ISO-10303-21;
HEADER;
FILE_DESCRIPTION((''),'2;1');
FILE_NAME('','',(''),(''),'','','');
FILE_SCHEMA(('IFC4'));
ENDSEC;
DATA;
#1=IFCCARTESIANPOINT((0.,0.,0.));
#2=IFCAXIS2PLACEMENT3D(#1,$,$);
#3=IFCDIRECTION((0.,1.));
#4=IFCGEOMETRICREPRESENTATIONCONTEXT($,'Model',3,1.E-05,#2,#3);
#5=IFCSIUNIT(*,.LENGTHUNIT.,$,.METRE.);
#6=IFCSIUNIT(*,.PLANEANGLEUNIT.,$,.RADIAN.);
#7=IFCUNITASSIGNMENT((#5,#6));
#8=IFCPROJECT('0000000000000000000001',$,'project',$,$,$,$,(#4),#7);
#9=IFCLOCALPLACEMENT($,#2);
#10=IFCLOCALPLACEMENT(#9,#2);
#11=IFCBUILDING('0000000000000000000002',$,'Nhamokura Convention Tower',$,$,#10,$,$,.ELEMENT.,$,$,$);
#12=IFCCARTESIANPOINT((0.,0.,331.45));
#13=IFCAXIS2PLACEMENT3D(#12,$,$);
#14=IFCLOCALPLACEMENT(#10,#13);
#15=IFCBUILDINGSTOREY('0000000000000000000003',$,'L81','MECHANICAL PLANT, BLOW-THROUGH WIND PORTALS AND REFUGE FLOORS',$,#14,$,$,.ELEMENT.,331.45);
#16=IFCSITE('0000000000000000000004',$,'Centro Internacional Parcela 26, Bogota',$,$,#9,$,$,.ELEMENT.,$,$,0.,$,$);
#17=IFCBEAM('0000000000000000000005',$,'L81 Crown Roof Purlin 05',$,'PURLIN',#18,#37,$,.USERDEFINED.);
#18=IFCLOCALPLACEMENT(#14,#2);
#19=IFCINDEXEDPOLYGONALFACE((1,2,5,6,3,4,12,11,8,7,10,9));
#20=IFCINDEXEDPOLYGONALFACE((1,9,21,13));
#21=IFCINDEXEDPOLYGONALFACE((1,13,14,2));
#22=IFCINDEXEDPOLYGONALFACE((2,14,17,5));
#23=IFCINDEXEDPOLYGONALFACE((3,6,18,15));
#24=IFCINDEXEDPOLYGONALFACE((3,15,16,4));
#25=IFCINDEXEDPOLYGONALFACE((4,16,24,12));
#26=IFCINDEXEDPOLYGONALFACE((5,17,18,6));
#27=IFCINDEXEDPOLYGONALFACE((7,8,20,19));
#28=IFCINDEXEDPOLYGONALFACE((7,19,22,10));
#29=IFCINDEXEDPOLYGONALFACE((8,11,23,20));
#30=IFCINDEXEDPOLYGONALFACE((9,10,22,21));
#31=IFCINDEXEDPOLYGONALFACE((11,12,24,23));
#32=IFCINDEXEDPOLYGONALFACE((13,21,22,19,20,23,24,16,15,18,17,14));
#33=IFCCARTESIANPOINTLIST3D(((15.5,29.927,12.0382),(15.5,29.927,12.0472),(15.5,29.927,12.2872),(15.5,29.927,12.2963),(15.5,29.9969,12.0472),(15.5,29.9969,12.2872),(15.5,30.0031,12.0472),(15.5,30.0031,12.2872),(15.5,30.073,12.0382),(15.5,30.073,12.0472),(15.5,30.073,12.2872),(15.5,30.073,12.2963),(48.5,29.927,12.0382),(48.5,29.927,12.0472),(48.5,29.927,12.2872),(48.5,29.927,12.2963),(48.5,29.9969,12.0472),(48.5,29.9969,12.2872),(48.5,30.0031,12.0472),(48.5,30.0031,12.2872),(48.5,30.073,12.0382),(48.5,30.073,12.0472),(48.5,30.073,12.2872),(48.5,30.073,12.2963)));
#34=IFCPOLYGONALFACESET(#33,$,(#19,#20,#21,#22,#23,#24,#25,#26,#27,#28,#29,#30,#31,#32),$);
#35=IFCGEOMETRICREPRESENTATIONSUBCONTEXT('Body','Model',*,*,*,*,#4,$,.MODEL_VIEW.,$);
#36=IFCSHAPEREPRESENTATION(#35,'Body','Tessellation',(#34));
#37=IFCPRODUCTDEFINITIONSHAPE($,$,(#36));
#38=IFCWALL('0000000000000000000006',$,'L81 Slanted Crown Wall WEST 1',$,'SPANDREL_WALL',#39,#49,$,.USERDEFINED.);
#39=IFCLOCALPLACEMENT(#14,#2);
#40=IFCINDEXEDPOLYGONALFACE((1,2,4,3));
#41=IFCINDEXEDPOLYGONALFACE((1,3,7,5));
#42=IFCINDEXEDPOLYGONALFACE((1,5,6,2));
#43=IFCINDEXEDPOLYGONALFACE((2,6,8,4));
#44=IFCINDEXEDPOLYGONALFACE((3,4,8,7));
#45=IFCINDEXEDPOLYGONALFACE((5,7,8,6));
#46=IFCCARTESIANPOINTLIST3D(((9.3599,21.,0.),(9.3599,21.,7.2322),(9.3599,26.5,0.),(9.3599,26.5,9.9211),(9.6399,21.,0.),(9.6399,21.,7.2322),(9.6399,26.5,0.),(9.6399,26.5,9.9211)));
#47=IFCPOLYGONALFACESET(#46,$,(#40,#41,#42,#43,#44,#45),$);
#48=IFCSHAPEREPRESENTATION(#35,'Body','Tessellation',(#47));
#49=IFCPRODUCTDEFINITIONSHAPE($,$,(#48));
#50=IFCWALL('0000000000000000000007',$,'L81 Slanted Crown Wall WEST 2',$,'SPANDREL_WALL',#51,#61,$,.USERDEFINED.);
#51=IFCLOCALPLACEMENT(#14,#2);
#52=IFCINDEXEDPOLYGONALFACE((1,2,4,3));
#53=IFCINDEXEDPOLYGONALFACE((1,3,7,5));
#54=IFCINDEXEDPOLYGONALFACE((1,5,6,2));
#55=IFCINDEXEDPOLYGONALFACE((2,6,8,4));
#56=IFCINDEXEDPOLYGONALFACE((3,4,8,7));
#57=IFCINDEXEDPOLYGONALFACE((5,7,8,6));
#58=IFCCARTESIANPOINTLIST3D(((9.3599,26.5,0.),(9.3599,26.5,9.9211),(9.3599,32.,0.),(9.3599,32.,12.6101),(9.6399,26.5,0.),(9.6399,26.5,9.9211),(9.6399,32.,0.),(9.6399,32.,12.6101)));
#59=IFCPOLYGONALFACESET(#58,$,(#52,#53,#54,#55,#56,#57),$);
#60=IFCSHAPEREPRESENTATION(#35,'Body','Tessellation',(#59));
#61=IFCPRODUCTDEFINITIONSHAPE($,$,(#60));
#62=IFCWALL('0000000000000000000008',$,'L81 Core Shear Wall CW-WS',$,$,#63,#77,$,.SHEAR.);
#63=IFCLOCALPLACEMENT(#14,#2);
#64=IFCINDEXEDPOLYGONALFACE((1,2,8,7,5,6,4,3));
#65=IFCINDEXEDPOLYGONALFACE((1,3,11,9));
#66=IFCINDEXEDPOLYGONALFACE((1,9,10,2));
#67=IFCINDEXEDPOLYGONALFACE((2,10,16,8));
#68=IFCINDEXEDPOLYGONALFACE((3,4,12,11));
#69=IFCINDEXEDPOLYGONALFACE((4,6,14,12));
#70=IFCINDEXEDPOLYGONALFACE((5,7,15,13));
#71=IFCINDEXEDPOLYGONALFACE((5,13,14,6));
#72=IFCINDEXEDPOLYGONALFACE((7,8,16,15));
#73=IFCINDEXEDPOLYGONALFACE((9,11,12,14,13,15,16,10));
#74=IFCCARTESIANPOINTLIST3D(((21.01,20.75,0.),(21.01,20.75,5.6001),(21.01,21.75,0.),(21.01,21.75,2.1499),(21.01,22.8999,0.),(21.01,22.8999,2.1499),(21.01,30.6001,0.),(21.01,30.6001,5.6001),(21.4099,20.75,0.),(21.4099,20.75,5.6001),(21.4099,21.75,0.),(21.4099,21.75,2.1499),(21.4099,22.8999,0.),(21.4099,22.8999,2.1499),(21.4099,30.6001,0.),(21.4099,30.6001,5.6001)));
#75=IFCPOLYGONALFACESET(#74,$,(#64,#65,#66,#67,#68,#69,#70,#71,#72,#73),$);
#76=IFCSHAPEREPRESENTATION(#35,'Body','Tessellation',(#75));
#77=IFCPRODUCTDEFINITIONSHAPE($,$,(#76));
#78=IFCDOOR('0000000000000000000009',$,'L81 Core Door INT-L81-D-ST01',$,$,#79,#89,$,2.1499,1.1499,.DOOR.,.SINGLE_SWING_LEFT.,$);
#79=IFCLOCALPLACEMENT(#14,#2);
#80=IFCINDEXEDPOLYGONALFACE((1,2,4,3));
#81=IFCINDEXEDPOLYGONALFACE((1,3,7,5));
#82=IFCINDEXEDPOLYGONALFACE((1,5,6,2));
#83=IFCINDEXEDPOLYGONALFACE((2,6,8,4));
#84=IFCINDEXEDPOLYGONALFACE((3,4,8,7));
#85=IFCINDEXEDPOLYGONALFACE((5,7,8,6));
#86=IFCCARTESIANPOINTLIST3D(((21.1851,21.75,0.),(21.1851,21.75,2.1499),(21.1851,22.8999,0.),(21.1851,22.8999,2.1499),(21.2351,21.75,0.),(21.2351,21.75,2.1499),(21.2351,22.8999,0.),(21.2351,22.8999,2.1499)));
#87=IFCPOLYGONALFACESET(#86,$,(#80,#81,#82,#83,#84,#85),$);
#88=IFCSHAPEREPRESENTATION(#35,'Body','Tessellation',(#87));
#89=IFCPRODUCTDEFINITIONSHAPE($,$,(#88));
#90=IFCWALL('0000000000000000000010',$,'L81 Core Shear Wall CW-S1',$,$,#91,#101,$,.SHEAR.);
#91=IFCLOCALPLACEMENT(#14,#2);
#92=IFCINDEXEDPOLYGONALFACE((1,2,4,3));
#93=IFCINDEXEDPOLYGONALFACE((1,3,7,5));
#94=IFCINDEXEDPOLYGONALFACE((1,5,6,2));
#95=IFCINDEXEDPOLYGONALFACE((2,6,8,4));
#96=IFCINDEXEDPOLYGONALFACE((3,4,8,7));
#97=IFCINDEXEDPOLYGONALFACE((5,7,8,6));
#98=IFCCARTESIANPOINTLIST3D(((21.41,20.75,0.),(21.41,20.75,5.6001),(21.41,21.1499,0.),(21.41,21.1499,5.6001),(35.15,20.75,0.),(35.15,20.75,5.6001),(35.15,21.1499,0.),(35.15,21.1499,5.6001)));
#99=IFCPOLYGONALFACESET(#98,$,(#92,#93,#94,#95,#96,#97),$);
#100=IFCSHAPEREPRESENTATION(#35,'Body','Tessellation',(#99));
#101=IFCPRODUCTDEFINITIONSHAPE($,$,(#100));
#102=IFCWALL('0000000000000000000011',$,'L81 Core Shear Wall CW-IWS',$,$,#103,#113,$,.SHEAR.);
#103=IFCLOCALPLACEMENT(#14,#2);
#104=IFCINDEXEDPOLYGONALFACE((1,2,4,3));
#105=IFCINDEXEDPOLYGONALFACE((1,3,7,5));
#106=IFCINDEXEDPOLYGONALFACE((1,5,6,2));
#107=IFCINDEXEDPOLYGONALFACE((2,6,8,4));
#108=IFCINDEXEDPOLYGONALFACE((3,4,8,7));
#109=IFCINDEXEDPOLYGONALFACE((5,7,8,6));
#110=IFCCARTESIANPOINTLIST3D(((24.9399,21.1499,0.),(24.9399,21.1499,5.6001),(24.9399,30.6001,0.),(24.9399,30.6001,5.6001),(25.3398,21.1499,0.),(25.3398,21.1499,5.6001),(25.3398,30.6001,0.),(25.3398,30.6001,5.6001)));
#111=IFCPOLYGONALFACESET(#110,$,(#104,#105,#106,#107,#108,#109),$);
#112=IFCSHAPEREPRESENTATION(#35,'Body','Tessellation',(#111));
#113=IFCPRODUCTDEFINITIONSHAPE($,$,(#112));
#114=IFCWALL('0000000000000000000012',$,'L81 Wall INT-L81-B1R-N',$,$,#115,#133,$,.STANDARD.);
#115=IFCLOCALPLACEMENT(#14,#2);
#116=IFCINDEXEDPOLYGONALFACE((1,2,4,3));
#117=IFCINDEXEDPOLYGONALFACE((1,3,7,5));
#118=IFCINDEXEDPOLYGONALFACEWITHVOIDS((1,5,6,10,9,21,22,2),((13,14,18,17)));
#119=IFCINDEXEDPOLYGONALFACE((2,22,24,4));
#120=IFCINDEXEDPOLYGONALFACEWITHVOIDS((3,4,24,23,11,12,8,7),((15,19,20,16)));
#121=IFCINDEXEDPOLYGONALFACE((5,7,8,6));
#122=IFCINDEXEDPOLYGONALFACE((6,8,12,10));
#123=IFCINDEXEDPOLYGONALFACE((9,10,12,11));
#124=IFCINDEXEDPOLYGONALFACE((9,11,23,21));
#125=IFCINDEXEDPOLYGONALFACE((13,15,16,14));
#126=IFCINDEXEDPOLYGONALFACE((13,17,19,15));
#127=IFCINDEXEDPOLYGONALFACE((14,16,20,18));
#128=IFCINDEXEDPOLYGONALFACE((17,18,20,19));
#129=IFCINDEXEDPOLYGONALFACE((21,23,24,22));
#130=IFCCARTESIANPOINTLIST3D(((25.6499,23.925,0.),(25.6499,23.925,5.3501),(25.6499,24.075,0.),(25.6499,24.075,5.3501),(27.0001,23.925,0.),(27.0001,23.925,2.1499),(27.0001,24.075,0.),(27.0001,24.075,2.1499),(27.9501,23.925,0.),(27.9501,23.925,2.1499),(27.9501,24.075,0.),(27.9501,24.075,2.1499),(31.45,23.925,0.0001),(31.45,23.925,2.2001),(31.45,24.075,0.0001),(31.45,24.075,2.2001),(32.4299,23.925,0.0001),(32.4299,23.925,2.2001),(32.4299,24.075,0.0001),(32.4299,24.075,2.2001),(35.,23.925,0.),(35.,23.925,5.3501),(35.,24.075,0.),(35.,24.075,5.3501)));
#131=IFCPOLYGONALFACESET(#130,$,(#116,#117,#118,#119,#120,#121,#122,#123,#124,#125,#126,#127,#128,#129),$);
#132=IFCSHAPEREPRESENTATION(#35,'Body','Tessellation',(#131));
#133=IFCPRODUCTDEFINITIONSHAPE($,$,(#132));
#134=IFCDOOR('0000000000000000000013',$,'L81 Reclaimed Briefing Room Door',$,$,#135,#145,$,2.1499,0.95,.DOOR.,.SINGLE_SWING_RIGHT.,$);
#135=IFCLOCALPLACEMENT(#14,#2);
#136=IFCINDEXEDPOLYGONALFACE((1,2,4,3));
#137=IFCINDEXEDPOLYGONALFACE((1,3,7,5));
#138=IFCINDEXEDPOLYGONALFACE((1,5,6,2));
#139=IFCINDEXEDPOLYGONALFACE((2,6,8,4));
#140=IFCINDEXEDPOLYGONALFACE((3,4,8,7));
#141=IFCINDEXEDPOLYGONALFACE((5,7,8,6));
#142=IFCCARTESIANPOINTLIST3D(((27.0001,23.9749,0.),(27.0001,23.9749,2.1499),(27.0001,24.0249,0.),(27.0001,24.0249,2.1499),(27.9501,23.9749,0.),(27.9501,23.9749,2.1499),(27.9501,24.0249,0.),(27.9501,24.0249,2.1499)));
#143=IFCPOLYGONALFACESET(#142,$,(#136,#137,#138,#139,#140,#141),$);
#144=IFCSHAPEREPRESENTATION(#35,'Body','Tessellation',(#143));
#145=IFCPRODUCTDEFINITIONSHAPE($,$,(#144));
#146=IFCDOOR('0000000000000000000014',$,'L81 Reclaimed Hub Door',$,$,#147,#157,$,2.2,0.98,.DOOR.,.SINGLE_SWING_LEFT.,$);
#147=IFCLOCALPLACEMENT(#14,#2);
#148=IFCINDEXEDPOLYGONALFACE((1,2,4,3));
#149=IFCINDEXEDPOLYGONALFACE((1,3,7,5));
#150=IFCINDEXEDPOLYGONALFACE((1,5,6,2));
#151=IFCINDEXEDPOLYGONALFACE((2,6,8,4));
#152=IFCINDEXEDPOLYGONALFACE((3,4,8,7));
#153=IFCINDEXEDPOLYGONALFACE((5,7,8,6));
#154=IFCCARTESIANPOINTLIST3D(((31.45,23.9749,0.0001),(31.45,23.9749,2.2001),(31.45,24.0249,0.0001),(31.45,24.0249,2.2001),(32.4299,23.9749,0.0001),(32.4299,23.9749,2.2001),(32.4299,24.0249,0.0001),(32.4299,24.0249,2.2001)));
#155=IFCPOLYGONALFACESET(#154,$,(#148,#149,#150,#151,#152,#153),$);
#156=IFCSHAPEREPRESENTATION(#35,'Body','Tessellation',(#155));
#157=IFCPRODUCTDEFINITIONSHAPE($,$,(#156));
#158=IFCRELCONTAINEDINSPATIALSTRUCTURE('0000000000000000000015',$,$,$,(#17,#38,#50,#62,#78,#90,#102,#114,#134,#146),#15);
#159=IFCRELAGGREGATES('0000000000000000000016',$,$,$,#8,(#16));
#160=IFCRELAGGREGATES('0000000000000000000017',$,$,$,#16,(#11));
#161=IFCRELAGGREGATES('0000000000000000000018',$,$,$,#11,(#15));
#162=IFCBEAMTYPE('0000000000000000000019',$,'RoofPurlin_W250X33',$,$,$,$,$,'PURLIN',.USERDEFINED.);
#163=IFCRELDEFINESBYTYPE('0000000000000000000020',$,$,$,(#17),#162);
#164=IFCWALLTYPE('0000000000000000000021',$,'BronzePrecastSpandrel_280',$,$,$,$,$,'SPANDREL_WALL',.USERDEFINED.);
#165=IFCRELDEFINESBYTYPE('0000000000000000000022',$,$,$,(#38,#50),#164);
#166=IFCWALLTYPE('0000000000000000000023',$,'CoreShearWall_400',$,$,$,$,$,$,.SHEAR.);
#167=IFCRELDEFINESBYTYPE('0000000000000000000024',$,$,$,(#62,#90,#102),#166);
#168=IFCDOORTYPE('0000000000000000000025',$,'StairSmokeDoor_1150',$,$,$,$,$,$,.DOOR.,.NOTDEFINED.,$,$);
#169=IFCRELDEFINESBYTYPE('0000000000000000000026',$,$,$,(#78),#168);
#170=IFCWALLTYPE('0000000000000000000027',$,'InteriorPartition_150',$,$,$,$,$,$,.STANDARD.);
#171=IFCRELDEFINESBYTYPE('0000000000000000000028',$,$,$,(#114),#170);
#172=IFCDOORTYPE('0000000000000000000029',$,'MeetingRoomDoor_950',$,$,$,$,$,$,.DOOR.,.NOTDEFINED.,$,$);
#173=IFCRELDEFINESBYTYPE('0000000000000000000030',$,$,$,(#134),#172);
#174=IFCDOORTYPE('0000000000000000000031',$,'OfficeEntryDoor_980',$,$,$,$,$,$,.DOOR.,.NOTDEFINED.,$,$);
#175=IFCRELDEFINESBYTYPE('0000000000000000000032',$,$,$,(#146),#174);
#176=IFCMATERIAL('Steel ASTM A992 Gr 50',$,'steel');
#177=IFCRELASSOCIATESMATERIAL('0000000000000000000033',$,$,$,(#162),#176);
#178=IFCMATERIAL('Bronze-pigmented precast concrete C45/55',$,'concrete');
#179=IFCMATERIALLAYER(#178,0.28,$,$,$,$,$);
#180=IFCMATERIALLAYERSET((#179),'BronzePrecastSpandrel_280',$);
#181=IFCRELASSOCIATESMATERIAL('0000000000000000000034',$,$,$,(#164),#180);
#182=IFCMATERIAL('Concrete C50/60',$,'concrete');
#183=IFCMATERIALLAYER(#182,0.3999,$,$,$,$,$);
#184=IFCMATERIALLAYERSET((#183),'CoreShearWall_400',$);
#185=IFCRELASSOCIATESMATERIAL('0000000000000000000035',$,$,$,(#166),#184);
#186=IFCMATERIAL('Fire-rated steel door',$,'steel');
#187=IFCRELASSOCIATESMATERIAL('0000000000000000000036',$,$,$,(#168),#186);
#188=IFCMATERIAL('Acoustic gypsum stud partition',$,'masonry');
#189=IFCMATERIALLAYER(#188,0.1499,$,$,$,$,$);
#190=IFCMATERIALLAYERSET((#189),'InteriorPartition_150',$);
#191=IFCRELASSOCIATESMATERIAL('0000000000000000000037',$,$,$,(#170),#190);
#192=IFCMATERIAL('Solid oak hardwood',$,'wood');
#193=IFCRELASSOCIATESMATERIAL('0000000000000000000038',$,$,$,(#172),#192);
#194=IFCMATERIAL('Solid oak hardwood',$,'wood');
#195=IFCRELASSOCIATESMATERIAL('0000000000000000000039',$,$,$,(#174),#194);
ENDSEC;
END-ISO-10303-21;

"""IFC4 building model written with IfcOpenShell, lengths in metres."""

from ifc_helpers import new_model, si_unit, direction, frame, frame_2d, origin, origin_2d, place, context, subcontext, project, spatial, polyline, rectangle, i_section, outline, extrude, material, layer, layer_set, material_profile, profile_set, type_object, element, fill, save


model = new_model("IFC4")

# Units and contexts
model_context = context("Model", 3, precision=1e-05, world=origin(), true_north=direction((0.0, 1.0)))
body_context = subcontext(model_context, "Body", "Model", "MODEL_VIEW")
ifc_project = project(units=[si_unit("LENGTHUNIT", "METRE"), si_unit("PLANEANGLEUNIT", "RADIAN")], contexts=[model_context])

# Site, building, storey
site_placement = place(None, origin())
site = spatial("IfcSite", under=ifc_project, at=site_placement, Name="Centro Internacional Parcela 26, Bogota", CompositionType="ELEMENT", RefElevation=0.0)
building_placement = place(site_placement, origin())
building = spatial("IfcBuilding", under=site, at=building_placement, Name="Nhamokura Convention Tower", CompositionType="ELEMENT")
storey_placement = place(building_placement, frame((0.0, 0.0, 331.45)))
storey = spatial("IfcBuildingStorey", under=building, at=storey_placement, Name="L81", Description="MECHANICAL PLANT, BLOW-THROUGH WIND PORTALS AND REFUGE FLOORS", CompositionType="ELEMENT", Elevation=331.45)

# Beam
ifc_material_1 = material(Name="Steel ASTM A992 Gr 50", Category="steel")
ifc_material_profile_1 = material_profile(ifc_material_1, i_section(OverallWidth=0.146, OverallDepth=0.2581, WebThickness=0.0061, FlangeThickness=0.009, at=origin_2d()))
ifc_profile_set_1 = profile_set([ifc_material_profile_1], Name="Steel ASTM A992 Gr 50")
beam_type = type_object("IfcBeamType", Name="RoofPurlin_W250X33", ElementType="PURLIN", PredefinedType="USERDEFINED", material=ifc_profile_set_1)
for number, where, z_axis, x_axis, name in (
    (1, (15.5, 30.0, 12.1672), (1.0, 0.0, 0.0), (0.0, 1.0, 0.0), "L81 Crown Roof Purlin 05"),
):
    element("IfcBeam", number, at=place(storey_placement, frame(where, z_axis=z_axis, x_axis=x_axis)), inside=storey, type_object=beam_type, Name=name, ObjectType="PURLIN", PredefinedType="USERDEFINED", context=body_context, shape_type="SweptSolid", body=[
        extrude(i_section(OverallWidth=0.146, OverallDepth=0.2581, WebThickness=0.0061, FlangeThickness=0.009, at=origin_2d()), origin(), (0.0, 0.0, 1.0), 33.0),
    ])

# Walls
ifc_material_2 = material(Name="Bronze-pigmented precast concrete C45/55", Category="concrete")
ifc_layer_1 = layer(ifc_material_2, 0.28)
ifc_layer_set_1 = layer_set([ifc_layer_1], Name="BronzePrecastSpandrel_280")
wall_type_1 = type_object("IfcWallType", Name="BronzePrecastSpandrel_280", ElementType="SPANDREL_WALL", PredefinedType="USERDEFINED", material=ifc_layer_set_1)
wall_1_placement = place(storey_placement, frame((9.5, 21.0, 0.0), z_axis=(0.0, 0.0, 1.0), x_axis=(0.0, 1.0, 0.0)))
element("IfcWall", 2, at=wall_1_placement, inside=storey, type_object=wall_type_1, Name="L81 Slanted Crown Wall WEST 1", ObjectType="SPANDREL_WALL", PredefinedType="USERDEFINED", context=body_context, shape_type="SweptSolid", body=[
    extrude(outline(polyline([(0.0, 0.0), (5.5, 0.0), (5.5, 9.9211), (0.0, 7.2322), (0.0, 0.0)])), frame((0.0, 0.1401, 0.0), z_axis=(0.0, -1.0, 0.0), x_axis=(1.0, 0.0, 0.0)), (0.0, 0.0, 1.0), 0.28),
])
wall_2_placement = place(storey_placement, frame((9.5, 26.5, 0.0), z_axis=(0.0, 0.0, 1.0), x_axis=(0.0, 1.0, 0.0)))
element("IfcWall", 3, at=wall_2_placement, inside=storey, type_object=wall_type_1, Name="L81 Slanted Crown Wall WEST 2", ObjectType="SPANDREL_WALL", PredefinedType="USERDEFINED", context=body_context, shape_type="SweptSolid", body=[
    extrude(outline(polyline([(0.0, 0.0), (5.5, 0.0), (5.5, 12.6101), (0.0, 9.9211), (0.0, 0.0)])), frame((0.0, 0.1401, 0.0), z_axis=(0.0, -1.0, 0.0), x_axis=(1.0, 0.0, 0.0)), (0.0, 0.0, 1.0), 0.28),
])

# Wall, opening, door
ifc_material_3 = material(Name="Concrete C50/60", Category="concrete")
ifc_layer_2 = layer(ifc_material_3, 0.3999)
ifc_layer_set_2 = layer_set([ifc_layer_2], Name="CoreShearWall_400")
wall_type_2 = type_object("IfcWallType", Name="CoreShearWall_400", PredefinedType="SHEAR", material=ifc_layer_set_2)
wall_3_placement = place(storey_placement, frame((21.21, 20.75, 0.0), z_axis=(0.0, 0.0, 1.0), x_axis=(0.0, 1.0, 0.0)))
wall_3 = element("IfcWall", 4, at=wall_3_placement, inside=storey, type_object=wall_type_2, Name="L81 Core Shear Wall CW-WS", PredefinedType="SHEAR", context=body_context, shape_type="SweptSolid", body=[
    extrude(rectangle(XDim=9.8501, YDim=0.3999, at=frame_2d((4.925, 0.0))), origin(), (0.0, 0.0, 1.0), 5.6001),
])
opening_1_placement = place(wall_3_placement, frame((1.0, 0.0, 0.0)))
opening_1 = element("IfcOpeningElement", 5, at=opening_1_placement, cuts=wall_3, PredefinedType="OPENING", context=body_context, shape_type="SweptSolid", body=[
    extrude(rectangle(XDim=1.1499, YDim=2.1499, at=frame_2d((0.575, 1.075))), frame((0.0, 0.21, 0.0), z_axis=(0.0, -1.0, 0.0), x_axis=(1.0, 0.0, 0.0)), (0.0, 0.0, 1.0), 0.4199),
])
ifc_material_4 = material(Name="Fire-rated steel door", Category="steel")
door_type_1 = type_object("IfcDoorType", Name="StairSmokeDoor_1150", OperationType="NOTDEFINED", PredefinedType="DOOR", material=ifc_material_4)
door_1_placement = place(opening_1_placement, origin())
door_1 = element("IfcDoor", 6, at=door_1_placement, inside=storey, type_object=door_type_1, Name="L81 Core Door INT-L81-D-ST01", OperationType="SINGLE_SWING_LEFT", OverallHeight=2.1499, OverallWidth=1.1499, PredefinedType="DOOR", context=body_context, shape_type="SweptSolid", body=[
    extrude(rectangle(XDim=1.1499, YDim=2.1499, at=frame_2d((0.575, 1.075))), frame((0.0, 0.0249, 0.0), z_axis=(0.0, -1.0, 0.0), x_axis=(1.0, 0.0, 0.0)), (0.0, 0.0, 1.0), 0.05),
])
fill(opening_1, door_1)

# Walls
wall_4_placement = place(storey_placement, frame((21.4099, 20.95, 0.0), z_axis=(0.0, 0.0, 1.0), x_axis=(1.0, 0.0, 0.0)))
element("IfcWall", 7, at=wall_4_placement, inside=storey, type_object=wall_type_2, Name="L81 Core Shear Wall CW-S1", PredefinedType="SHEAR", context=body_context, shape_type="SweptSolid", body=[
    extrude(rectangle(XDim=13.74, YDim=0.3999, at=frame_2d((6.8701, 0.0))), origin(), (0.0, 0.0, 1.0), 5.6001),
])
wall_5_placement = place(storey_placement, frame((25.1399, 21.1499, 0.0), z_axis=(0.0, 0.0, 1.0), x_axis=(0.0, 1.0, 0.0)))
element("IfcWall", 8, at=wall_5_placement, inside=storey, type_object=wall_type_2, Name="L81 Core Shear Wall CW-IWS", PredefinedType="SHEAR", context=body_context, shape_type="SweptSolid", body=[
    extrude(rectangle(XDim=9.4502, YDim=0.3999, at=frame_2d((4.7251, 0.0))), origin(), (0.0, 0.0, 1.0), 5.6001),
])

# Wall, openings, doors
ifc_material_5 = material(Name="Acoustic gypsum stud partition", Category="masonry")
ifc_layer_3 = layer(ifc_material_5, 0.1499)
ifc_layer_set_3 = layer_set([ifc_layer_3], Name="InteriorPartition_150")
wall_type_3 = type_object("IfcWallType", Name="InteriorPartition_150", PredefinedType="STANDARD", material=ifc_layer_set_3)
wall_6_placement = place(storey_placement, frame((25.6499, 24.0, 0.0), z_axis=(0.0, 0.0, 1.0), x_axis=(1.0, 0.0, 0.0)))
wall_6 = element("IfcWall", 9, at=wall_6_placement, inside=storey, type_object=wall_type_3, Name="L81 Wall INT-L81-B1R-N", PredefinedType="STANDARD", context=body_context, shape_type="SweptSolid", body=[
    extrude(rectangle(XDim=9.3501, YDim=0.1499, at=frame_2d((4.675, 0.0))), origin(), (0.0, 0.0, 1.0), 5.3501),
])
opening_2_placement = place(wall_6_placement, frame((1.3501, 0.0, 0.0)))
opening_2 = element("IfcOpeningElement", 10, at=opening_2_placement, cuts=wall_6, PredefinedType="OPENING", context=body_context, shape_type="SweptSolid", body=[
    extrude(rectangle(XDim=0.95, YDim=2.1499, at=frame_2d((0.4751, 1.075))), frame((0.0, 0.085, 0.0), z_axis=(0.0, -1.0, 0.0), x_axis=(1.0, 0.0, 0.0)), (0.0, 0.0, 1.0), 0.1699),
])
opening_3_placement = place(wall_6_placement, frame((5.8, 0.0, 0.0)))
opening_3 = element("IfcOpeningElement", 11, at=opening_3_placement, cuts=wall_6, PredefinedType="OPENING", context=body_context, shape_type="SweptSolid", body=[
    extrude(rectangle(XDim=0.98, YDim=2.2, at=frame_2d((0.49, 1.1001))), frame((0.0, 0.085, 0.0), z_axis=(0.0, -1.0, 0.0), x_axis=(1.0, 0.0, 0.0)), (0.0, 0.0, 1.0), 0.1699),
])
ifc_material_6 = material(Name="Solid oak hardwood", Category="wood")
door_type_2 = type_object("IfcDoorType", Name="MeetingRoomDoor_950", OperationType="NOTDEFINED", PredefinedType="DOOR", material=ifc_material_6)
door_2_placement = place(opening_2_placement, origin())
door_2 = element("IfcDoor", 12, at=door_2_placement, inside=storey, type_object=door_type_2, Name="L81 Reclaimed Briefing Room Door", OperationType="SINGLE_SWING_RIGHT", OverallHeight=2.1499, OverallWidth=0.95, PredefinedType="DOOR", context=body_context, shape_type="SweptSolid", body=[
    extrude(rectangle(XDim=0.95, YDim=2.1499, at=frame_2d((0.4751, 1.075))), frame((0.0, 0.0249, 0.0), z_axis=(0.0, -1.0, 0.0), x_axis=(1.0, 0.0, 0.0)), (0.0, 0.0, 1.0), 0.05),
])
fill(opening_2, door_2)
ifc_material_7 = material(Name="Solid oak hardwood", Category="wood")
door_type_3 = type_object("IfcDoorType", Name="OfficeEntryDoor_980", OperationType="NOTDEFINED", PredefinedType="DOOR", material=ifc_material_7)
door_3_placement = place(opening_3_placement, origin())
door_3 = element("IfcDoor", 13, at=door_3_placement, inside=storey, type_object=door_type_3, Name="L81 Reclaimed Hub Door", OperationType="SINGLE_SWING_LEFT", OverallHeight=2.2, OverallWidth=0.98, PredefinedType="DOOR", context=body_context, shape_type="SweptSolid", body=[
    extrude(rectangle(XDim=0.98, YDim=2.2, at=frame_2d((0.49, 1.1001))), frame((0.0, 0.0249, 0.0), z_axis=(0.0, -1.0, 0.0), x_axis=(1.0, 0.0, 0.0)), (0.0, 0.0, 1.0), 0.05),
])
fill(opening_3, door_3)

save(model, "model.ifc")
